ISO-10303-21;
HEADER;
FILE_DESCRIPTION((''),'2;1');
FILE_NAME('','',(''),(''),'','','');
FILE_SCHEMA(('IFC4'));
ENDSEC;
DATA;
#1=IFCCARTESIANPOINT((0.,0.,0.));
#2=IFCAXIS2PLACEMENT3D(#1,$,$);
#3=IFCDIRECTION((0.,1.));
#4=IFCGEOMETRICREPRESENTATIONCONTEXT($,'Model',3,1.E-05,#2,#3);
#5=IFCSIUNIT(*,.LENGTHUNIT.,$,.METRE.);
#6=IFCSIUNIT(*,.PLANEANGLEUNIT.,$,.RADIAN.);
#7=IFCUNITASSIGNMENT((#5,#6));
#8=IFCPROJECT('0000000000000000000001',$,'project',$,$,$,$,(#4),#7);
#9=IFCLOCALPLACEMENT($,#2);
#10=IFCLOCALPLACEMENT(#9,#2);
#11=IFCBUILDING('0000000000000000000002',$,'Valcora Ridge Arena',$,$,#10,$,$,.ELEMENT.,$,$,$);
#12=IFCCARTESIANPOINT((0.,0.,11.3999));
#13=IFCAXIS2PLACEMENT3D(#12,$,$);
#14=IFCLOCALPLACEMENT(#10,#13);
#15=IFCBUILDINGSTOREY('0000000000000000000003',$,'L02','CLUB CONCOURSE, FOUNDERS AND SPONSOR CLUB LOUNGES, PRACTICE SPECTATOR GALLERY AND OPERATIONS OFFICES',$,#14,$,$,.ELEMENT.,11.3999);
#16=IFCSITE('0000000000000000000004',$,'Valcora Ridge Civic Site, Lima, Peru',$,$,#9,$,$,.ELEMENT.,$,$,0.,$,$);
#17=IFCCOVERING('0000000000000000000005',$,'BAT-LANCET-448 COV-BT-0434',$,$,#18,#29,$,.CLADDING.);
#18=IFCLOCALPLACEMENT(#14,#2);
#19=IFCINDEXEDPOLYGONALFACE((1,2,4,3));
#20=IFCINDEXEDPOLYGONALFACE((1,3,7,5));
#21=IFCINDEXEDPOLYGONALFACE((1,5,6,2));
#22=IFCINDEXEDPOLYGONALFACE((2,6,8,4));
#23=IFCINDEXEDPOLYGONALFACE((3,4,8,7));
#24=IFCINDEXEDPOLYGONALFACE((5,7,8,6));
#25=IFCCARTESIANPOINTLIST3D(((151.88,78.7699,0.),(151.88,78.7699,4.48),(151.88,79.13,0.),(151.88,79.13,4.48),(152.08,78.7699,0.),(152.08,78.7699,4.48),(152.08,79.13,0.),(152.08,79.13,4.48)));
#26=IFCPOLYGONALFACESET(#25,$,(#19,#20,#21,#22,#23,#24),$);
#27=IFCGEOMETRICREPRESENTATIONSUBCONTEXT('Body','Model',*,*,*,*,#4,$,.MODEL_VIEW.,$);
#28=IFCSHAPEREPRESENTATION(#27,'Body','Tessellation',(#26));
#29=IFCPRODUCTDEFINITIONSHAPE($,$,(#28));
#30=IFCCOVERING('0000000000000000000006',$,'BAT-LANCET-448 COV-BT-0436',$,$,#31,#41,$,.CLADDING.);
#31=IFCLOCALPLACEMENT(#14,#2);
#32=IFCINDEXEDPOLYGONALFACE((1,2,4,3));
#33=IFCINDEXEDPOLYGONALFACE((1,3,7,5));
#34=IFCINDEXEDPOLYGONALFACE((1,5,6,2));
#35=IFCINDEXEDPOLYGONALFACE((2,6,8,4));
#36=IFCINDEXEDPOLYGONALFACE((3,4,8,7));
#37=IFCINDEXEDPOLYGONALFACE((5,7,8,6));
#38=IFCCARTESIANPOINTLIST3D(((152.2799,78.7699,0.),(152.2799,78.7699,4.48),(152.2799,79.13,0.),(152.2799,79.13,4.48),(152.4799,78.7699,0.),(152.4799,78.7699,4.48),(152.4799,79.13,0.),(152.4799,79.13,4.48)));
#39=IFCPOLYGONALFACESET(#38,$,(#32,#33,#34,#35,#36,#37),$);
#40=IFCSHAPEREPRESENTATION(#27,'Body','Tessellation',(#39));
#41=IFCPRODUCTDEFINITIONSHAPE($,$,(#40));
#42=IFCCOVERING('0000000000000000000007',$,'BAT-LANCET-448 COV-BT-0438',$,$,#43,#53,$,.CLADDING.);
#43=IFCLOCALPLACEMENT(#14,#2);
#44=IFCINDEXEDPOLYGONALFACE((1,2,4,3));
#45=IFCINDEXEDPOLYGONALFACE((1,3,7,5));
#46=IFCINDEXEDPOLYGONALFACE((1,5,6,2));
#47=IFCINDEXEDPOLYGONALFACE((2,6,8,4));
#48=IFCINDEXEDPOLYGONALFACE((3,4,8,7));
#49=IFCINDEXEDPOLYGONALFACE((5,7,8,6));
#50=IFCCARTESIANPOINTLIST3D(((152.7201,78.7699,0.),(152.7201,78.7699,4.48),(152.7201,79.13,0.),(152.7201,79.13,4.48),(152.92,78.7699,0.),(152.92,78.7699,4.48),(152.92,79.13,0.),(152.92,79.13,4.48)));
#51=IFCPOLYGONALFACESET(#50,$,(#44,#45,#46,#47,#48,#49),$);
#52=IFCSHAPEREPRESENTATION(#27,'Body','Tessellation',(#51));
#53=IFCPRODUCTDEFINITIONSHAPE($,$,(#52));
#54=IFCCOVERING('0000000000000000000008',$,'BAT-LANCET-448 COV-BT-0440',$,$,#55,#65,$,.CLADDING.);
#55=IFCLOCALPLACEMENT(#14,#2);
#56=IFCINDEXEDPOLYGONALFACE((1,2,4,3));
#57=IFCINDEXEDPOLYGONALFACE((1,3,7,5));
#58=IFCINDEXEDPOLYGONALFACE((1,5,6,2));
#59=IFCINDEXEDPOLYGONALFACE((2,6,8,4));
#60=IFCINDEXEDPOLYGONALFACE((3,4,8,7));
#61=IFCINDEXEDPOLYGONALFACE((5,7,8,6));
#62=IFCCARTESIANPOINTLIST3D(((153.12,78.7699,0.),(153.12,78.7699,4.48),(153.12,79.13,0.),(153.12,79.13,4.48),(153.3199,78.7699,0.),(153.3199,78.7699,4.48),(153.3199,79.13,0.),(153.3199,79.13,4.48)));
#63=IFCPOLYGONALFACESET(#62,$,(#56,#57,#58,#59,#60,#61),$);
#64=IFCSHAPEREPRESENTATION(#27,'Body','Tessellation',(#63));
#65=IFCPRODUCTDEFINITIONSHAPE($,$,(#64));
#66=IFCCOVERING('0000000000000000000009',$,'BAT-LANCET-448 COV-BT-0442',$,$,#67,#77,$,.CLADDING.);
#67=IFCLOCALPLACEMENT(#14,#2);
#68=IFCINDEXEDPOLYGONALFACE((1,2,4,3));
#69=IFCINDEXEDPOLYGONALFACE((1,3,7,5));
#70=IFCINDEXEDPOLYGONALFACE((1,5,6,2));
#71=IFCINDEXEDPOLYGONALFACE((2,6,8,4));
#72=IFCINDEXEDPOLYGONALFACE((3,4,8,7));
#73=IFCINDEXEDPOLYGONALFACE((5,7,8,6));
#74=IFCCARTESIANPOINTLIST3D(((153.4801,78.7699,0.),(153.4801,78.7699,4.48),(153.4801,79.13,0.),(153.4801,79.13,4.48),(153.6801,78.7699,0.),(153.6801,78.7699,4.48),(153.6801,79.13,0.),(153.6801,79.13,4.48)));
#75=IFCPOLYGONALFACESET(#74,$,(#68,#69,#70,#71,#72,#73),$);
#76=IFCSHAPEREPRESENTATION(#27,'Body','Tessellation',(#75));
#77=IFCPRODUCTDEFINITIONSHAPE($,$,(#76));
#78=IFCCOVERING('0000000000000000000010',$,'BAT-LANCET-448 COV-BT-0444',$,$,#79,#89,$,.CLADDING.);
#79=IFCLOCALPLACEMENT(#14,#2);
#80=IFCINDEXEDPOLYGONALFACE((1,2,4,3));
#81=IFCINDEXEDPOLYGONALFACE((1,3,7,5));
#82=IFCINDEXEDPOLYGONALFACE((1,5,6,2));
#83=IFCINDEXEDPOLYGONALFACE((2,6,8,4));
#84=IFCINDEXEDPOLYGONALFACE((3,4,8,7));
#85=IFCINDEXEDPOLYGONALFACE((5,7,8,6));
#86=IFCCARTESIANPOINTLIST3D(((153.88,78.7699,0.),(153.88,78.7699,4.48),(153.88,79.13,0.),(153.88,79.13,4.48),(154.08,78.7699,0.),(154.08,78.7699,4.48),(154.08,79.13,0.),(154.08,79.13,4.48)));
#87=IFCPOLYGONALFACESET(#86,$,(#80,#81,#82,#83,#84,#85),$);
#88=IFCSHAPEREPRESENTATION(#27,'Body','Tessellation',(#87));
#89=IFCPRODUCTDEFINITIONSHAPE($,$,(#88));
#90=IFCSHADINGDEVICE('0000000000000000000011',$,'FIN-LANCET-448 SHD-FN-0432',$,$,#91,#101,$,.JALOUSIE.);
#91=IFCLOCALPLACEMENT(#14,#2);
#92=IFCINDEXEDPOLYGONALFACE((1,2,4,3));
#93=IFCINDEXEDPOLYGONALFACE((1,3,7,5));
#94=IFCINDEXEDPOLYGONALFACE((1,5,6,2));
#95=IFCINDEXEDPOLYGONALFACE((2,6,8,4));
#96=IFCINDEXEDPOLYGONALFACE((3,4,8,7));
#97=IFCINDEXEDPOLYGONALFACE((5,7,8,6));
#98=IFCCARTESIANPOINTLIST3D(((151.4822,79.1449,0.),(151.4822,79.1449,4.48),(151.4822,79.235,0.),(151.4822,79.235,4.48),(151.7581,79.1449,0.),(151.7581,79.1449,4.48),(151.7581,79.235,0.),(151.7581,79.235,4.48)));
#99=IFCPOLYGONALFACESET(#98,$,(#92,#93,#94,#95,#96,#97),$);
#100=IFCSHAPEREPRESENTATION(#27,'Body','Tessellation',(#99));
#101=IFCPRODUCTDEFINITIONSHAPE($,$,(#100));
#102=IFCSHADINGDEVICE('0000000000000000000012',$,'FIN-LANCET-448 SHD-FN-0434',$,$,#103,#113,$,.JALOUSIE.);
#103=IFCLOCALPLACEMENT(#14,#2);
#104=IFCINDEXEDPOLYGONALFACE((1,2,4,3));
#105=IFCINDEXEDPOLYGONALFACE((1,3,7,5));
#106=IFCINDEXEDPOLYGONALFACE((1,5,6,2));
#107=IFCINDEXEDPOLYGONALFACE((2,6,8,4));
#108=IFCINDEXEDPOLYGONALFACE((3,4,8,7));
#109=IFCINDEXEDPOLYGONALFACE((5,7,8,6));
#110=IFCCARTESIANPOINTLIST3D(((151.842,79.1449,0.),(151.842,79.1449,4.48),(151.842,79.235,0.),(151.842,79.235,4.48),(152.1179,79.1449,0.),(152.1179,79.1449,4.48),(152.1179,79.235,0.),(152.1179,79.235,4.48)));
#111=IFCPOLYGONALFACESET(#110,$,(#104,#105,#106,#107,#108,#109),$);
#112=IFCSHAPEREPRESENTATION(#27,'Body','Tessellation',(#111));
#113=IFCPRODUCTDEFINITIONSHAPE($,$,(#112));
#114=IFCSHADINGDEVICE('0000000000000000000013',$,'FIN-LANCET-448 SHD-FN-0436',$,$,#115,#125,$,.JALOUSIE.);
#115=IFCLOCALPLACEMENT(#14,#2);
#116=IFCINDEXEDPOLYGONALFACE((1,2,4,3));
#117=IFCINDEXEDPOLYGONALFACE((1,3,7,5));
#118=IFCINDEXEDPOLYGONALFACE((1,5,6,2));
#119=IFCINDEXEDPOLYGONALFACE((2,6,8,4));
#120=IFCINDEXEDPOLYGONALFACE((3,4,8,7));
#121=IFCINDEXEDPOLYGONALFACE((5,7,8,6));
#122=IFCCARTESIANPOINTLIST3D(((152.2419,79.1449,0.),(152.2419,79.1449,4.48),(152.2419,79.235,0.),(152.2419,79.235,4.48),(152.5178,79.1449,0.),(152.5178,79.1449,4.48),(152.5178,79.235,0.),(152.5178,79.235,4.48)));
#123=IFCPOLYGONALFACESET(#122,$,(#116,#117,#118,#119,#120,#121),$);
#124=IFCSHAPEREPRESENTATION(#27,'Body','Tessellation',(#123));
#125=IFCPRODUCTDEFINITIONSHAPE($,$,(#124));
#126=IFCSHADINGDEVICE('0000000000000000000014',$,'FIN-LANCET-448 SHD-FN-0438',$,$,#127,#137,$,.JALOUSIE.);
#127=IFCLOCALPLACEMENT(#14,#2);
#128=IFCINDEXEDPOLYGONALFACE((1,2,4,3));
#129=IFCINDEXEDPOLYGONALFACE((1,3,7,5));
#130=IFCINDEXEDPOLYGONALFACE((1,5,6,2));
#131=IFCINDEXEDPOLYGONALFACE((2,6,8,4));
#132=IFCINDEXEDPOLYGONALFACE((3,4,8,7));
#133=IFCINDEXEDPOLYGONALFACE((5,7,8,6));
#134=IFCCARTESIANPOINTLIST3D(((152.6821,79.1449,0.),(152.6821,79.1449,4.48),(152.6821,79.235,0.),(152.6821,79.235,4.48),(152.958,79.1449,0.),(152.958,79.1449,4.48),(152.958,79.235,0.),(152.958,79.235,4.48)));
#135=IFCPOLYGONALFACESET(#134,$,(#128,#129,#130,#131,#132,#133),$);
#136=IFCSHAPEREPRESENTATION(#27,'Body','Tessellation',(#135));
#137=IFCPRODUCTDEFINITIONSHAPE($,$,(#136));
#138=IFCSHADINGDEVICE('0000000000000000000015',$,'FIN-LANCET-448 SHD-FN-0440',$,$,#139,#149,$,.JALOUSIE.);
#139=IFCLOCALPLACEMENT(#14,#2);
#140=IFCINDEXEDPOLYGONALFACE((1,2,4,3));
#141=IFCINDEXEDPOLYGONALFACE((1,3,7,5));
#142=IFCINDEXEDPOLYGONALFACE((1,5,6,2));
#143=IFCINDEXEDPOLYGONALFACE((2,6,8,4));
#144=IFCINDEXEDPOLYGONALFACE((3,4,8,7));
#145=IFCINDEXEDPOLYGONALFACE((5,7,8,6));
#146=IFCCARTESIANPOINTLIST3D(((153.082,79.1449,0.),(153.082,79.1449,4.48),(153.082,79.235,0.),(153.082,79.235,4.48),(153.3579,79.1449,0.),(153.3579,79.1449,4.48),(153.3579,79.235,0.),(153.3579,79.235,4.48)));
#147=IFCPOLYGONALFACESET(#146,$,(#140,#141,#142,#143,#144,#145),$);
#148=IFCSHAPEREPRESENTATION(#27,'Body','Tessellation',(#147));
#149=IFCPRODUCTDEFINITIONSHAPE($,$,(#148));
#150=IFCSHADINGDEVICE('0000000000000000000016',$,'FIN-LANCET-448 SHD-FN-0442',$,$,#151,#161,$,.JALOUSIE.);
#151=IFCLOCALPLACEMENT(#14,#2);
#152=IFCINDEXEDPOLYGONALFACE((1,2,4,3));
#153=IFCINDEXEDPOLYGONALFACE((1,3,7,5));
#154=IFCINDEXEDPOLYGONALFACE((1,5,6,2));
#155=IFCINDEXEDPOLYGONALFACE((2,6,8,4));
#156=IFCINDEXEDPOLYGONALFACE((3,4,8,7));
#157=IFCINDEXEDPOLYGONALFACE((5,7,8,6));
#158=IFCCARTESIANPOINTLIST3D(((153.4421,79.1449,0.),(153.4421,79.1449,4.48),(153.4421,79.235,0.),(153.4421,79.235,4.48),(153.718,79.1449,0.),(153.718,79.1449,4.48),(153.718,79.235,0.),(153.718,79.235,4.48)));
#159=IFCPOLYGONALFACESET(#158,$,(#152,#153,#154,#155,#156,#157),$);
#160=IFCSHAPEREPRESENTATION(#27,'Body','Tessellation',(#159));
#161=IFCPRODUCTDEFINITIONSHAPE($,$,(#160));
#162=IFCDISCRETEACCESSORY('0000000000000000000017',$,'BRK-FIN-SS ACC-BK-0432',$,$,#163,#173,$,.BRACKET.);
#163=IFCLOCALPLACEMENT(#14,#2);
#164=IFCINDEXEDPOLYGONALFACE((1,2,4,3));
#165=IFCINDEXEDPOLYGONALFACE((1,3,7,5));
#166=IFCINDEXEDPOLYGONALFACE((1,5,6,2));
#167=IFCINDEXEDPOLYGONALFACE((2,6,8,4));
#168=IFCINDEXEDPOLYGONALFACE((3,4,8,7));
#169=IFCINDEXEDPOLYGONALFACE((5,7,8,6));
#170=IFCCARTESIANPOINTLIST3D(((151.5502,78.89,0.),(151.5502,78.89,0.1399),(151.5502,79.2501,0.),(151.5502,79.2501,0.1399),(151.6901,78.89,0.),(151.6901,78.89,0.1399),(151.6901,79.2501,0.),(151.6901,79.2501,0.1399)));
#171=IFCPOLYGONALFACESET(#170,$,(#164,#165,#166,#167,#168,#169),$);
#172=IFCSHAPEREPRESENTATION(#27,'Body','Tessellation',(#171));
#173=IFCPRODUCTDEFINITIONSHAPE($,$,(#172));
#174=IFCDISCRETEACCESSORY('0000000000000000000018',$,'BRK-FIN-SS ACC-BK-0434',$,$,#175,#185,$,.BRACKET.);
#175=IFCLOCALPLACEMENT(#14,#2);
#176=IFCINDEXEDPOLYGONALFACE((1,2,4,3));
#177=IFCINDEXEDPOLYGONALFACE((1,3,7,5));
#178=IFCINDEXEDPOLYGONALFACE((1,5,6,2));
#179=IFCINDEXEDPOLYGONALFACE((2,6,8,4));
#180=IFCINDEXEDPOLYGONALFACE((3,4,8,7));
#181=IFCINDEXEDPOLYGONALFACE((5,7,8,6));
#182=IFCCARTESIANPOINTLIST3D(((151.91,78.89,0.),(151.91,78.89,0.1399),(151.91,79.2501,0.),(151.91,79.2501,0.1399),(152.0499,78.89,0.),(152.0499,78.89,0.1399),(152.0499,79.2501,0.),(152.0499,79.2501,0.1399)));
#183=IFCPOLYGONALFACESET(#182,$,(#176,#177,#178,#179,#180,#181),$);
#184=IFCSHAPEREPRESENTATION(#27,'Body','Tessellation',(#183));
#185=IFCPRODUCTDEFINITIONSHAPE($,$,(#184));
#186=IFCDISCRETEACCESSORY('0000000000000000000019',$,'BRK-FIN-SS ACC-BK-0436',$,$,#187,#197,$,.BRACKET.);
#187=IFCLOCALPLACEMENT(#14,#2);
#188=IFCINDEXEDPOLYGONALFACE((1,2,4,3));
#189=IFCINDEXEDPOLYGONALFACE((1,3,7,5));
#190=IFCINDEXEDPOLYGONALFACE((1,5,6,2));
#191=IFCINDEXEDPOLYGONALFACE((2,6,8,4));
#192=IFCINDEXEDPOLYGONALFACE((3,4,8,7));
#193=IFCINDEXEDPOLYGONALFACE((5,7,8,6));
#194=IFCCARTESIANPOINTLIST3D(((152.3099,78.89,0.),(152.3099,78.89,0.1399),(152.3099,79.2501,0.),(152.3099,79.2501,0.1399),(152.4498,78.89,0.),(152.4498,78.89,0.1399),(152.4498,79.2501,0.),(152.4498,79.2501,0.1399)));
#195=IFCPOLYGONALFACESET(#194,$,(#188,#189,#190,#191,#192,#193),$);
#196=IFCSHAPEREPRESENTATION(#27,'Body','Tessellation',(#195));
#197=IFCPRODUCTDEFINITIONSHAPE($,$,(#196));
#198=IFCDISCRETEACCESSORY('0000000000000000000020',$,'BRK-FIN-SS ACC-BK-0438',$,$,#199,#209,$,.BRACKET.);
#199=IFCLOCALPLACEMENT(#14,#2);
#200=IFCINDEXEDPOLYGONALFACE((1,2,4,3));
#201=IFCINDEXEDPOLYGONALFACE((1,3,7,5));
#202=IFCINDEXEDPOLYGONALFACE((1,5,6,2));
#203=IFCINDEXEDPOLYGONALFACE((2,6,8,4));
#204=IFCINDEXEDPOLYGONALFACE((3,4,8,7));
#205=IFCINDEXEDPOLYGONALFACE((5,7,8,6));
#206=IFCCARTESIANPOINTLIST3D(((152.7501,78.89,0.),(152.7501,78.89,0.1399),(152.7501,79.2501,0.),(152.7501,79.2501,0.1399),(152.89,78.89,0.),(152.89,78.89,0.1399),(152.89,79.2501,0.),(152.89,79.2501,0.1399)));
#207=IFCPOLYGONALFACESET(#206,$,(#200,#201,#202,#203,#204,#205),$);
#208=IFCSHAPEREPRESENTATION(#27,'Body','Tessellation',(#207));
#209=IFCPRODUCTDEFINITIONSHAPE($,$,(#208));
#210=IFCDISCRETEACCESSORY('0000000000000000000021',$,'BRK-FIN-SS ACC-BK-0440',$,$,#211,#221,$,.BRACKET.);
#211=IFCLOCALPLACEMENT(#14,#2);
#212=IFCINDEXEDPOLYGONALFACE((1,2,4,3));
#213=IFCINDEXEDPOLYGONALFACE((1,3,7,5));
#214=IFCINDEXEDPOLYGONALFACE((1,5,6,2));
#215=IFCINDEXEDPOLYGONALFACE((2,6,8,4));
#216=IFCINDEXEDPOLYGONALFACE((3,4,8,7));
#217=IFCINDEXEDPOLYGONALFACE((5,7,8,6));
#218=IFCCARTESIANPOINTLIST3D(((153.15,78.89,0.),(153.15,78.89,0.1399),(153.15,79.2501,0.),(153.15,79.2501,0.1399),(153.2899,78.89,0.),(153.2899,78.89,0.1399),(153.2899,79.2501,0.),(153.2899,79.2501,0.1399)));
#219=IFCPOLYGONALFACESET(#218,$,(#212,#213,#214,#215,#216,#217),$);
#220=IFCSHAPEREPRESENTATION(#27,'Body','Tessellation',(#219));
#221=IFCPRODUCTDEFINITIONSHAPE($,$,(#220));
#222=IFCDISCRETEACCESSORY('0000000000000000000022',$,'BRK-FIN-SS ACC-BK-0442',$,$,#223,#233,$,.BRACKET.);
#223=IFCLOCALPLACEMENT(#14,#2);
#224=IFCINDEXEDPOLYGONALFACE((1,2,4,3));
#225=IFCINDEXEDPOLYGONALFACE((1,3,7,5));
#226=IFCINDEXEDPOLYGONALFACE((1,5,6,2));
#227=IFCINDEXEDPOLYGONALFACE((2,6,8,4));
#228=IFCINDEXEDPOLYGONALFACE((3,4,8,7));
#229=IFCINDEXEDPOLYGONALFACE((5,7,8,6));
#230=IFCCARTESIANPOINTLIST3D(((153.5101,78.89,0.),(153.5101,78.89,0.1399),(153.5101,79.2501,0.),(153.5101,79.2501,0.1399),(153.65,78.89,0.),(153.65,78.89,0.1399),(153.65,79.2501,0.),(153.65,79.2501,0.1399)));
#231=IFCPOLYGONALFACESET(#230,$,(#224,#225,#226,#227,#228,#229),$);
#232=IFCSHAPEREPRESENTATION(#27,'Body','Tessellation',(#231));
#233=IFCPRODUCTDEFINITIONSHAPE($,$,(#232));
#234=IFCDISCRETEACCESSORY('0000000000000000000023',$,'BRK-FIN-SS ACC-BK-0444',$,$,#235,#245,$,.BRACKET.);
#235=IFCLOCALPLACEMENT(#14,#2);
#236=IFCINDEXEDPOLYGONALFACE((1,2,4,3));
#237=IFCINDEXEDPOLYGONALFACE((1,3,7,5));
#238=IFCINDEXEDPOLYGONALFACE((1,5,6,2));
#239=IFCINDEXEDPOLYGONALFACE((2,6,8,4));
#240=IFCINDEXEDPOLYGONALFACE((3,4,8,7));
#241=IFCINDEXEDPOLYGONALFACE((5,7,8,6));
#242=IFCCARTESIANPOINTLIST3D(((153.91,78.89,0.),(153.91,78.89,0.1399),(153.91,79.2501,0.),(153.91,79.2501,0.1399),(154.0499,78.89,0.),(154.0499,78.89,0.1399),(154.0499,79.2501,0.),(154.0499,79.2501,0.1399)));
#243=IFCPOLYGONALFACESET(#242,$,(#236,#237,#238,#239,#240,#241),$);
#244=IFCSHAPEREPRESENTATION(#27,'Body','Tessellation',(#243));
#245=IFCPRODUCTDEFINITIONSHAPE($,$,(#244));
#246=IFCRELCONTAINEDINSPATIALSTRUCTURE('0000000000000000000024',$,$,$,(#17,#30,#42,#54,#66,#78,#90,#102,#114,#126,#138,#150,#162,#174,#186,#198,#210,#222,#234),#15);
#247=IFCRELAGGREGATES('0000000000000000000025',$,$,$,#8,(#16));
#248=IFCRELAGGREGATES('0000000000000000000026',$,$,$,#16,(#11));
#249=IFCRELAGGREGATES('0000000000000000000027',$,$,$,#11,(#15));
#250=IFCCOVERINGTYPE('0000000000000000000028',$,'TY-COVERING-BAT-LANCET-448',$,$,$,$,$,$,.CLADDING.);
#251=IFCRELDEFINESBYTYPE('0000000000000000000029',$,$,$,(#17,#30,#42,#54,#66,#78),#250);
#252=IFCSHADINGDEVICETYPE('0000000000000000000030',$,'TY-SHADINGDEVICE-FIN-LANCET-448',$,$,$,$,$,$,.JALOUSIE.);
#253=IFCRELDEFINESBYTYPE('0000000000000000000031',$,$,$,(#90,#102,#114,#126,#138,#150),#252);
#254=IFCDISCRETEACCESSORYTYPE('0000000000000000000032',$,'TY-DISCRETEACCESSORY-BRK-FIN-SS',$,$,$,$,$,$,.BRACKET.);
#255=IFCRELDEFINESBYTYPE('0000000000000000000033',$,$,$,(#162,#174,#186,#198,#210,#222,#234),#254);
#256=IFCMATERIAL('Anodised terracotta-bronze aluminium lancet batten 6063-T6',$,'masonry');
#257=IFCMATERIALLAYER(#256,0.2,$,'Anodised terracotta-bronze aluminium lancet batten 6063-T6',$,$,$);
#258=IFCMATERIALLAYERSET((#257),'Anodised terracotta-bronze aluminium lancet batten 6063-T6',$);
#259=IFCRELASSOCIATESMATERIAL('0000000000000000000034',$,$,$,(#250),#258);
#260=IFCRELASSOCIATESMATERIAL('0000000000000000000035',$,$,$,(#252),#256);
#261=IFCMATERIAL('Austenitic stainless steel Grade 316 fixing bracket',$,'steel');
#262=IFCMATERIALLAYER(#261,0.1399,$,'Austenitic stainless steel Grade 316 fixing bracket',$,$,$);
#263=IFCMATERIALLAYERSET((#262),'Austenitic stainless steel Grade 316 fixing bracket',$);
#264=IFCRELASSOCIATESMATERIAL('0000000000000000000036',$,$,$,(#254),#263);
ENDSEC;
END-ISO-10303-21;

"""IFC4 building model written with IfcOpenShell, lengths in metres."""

from ifc_helpers import new_model, si_unit, direction, frame, origin, origin_2d, place, context, subcontext, project, spatial, rectangle, extrude, material, layer, layer_set, material_profile, profile_set, type_object, element, save


model = new_model("IFC4")

# Units and contexts
model_context = context("Model", 3, precision=1e-05, world=origin(), true_north=direction((0.0, 1.0)))
body_context = subcontext(model_context, "Body", "Model", "MODEL_VIEW")
ifc_project = project(units=[si_unit("LENGTHUNIT", "METRE"), si_unit("PLANEANGLEUNIT", "RADIAN")], contexts=[model_context])

# Site, building, storey
site_placement = place(None, origin())
site = spatial("IfcSite", under=ifc_project, at=site_placement, Name="Valcora Ridge Civic Site, Lima, Peru", CompositionType="ELEMENT", RefElevation=0.0)
building_placement = place(site_placement, origin())
building = spatial("IfcBuilding", under=site, at=building_placement, Name="Valcora Ridge Arena", CompositionType="ELEMENT")
storey_placement = place(building_placement, frame((0.0, 0.0, 11.3999)))
storey = spatial("IfcBuildingStorey", under=building, at=storey_placement, Name="L02", Description="CLUB CONCOURSE, FOUNDERS AND SPONSOR CLUB LOUNGES, PRACTICE SPECTATOR GALLERY AND OPERATIONS OFFICES", CompositionType="ELEMENT", Elevation=11.3999)

# Coverings
ifc_material_1 = material(Name="Anodised terracotta-bronze aluminium lancet batten 6063-T6", Category="masonry")
ifc_layer_1 = layer(ifc_material_1, 0.2, Name="Anodised terracotta-bronze aluminium lancet batten 6063-T6")
ifc_layer_set_1 = layer_set([ifc_layer_1], Name="Anodised terracotta-bronze aluminium lancet batten 6063-T6")
covering_type = type_object("IfcCoveringType", Name="TY-COVERING-BAT-LANCET-448", PredefinedType="CLADDING", material=ifc_layer_set_1)
for number, where, z_axis, x_axis, name in (
    (1, (151.98, 78.95, 0.0), (0.0, 0.0, 1.0), (1.0, 0.0, 0.0), "BAT-LANCET-448 COV-BT-0434"),
    (2, (152.3799, 78.95, 0.0), (0.0, 0.0, 1.0), (1.0, 0.0, 0.0), "BAT-LANCET-448 COV-BT-0436"),
    (3, (152.8201, 78.95, 0.0), (0.0, 0.0, 1.0), (1.0, 0.0, 0.0), "BAT-LANCET-448 COV-BT-0438"),
    (4, (153.22, 78.95, 0.0), (0.0, 0.0, 1.0), (1.0, 0.0, 0.0), "BAT-LANCET-448 COV-BT-0440"),
    (5, (153.5801, 78.95, 0.0), (0.0, 0.0, 1.0), (1.0, 0.0, 0.0), "BAT-LANCET-448 COV-BT-0442"),
    (6, (153.98, 78.95, 0.0), (0.0, 0.0, 1.0), (1.0, 0.0, 0.0), "BAT-LANCET-448 COV-BT-0444"),
):
    element("IfcCovering", number, at=place(storey_placement, frame(where, z_axis=z_axis, x_axis=x_axis)), inside=storey, type_object=covering_type, Name=name, PredefinedType="CLADDING", context=body_context, shape_type="SweptSolid", body=[
        extrude(rectangle(XDim=0.2, YDim=0.3601, at=origin_2d()), origin(), (0.0, 0.0, 1.0), 4.48),
    ])

# Shading devices
ifc_material_profile = material_profile(ifc_material_1, rectangle(XDim=0.0901, YDim=0.2759, at=origin_2d()), Name="ALU LANCET BATTEN 90x276")
ifc_profile_set = profile_set([ifc_material_profile], Name="Anodised terracotta-bronze aluminium lancet batten 6063-T6")
shading_device_type = type_object("IfcShadingDeviceType", Name="TY-SHADINGDEVICE-FIN-LANCET-448", PredefinedType="JALOUSIE", material=ifc_profile_set)
for number, where, z_axis, x_axis, name in (
    (7, (151.6201, 79.1899, 0.0), (0.0, 0.0, 1.0), (0.0, 1.0, 0.0), "FIN-LANCET-448 SHD-FN-0432"),
    (8, (151.98, 79.1899, 0.0), (0.0, 0.0, 1.0), (0.0, 1.0, 0.0), "FIN-LANCET-448 SHD-FN-0434"),
    (9, (152.3799, 79.1899, 0.0), (0.0, 0.0, 1.0), (0.0, 1.0, 0.0), "FIN-LANCET-448 SHD-FN-0436"),
    (10, (152.8201, 79.1899, 0.0), (0.0, 0.0, 1.0), (0.0, 1.0, 0.0), "FIN-LANCET-448 SHD-FN-0438"),
    (11, (153.22, 79.1899, 0.0), (0.0, 0.0, 1.0), (0.0, 1.0, 0.0), "FIN-LANCET-448 SHD-FN-0440"),
    (12, (153.5801, 79.1899, 0.0), (0.0, 0.0, 1.0), (0.0, 1.0, 0.0), "FIN-LANCET-448 SHD-FN-0442"),
):
    element("IfcShadingDevice", number, at=place(storey_placement, frame(where, z_axis=z_axis, x_axis=x_axis)), inside=storey, type_object=shading_device_type, Name=name, PredefinedType="JALOUSIE", context=body_context, shape_type="SweptSolid", body=[
        extrude(rectangle(XDim=0.0901, YDim=0.2759, at=origin_2d()), origin(), (0.0, 0.0, 1.0), 4.48),
    ])

# Discrete accessories
ifc_material_2 = material(Name="Austenitic stainless steel Grade 316 fixing bracket", Category="steel")
ifc_layer_2 = layer(ifc_material_2, 0.1399, Name="Austenitic stainless steel Grade 316 fixing bracket")
ifc_layer_set_2 = layer_set([ifc_layer_2], Name="Austenitic stainless steel Grade 316 fixing bracket")
discrete_accessory_type = type_object("IfcDiscreteAccessoryType", Name="TY-DISCRETEACCESSORY-BRK-FIN-SS", PredefinedType="BRACKET", material=ifc_layer_set_2)
for number, where, z_axis, x_axis, name in (
    (13, (151.6201, 79.0701, 0.0), (0.0, 0.0, 1.0), (0.0, 1.0, 0.0), "BRK-FIN-SS ACC-BK-0432"),
    (14, (151.98, 79.0701, 0.0), (0.0, 0.0, 1.0), (0.0, 1.0, 0.0), "BRK-FIN-SS ACC-BK-0434"),
    (15, (152.3799, 79.0701, 0.0), (0.0, 0.0, 1.0), (0.0, 1.0, 0.0), "BRK-FIN-SS ACC-BK-0436"),
    (16, (152.8201, 79.0701, 0.0), (0.0, 0.0, 1.0), (0.0, 1.0, 0.0), "BRK-FIN-SS ACC-BK-0438"),
    (17, (153.22, 79.0701, 0.0), (0.0, 0.0, 1.0), (0.0, 1.0, 0.0), "BRK-FIN-SS ACC-BK-0440"),
    (18, (153.5801, 79.0701, 0.0), (0.0, 0.0, 1.0), (0.0, 1.0, 0.0), "BRK-FIN-SS ACC-BK-0442"),
    (19, (153.98, 79.0701, 0.0), (0.0, 0.0, 1.0), (0.0, 1.0, 0.0), "BRK-FIN-SS ACC-BK-0444"),
):
    element("IfcDiscreteAccessory", number, at=place(storey_placement, frame(where, z_axis=z_axis, x_axis=x_axis)), inside=storey, type_object=discrete_accessory_type, Name=name, PredefinedType="BRACKET", context=body_context, shape_type="SweptSolid", body=[
        extrude(rectangle(XDim=0.3601, YDim=0.1399, at=origin_2d()), origin(), (0.0, 0.0, 1.0), 0.1399),
    ])

save(model, "model.ifc")
